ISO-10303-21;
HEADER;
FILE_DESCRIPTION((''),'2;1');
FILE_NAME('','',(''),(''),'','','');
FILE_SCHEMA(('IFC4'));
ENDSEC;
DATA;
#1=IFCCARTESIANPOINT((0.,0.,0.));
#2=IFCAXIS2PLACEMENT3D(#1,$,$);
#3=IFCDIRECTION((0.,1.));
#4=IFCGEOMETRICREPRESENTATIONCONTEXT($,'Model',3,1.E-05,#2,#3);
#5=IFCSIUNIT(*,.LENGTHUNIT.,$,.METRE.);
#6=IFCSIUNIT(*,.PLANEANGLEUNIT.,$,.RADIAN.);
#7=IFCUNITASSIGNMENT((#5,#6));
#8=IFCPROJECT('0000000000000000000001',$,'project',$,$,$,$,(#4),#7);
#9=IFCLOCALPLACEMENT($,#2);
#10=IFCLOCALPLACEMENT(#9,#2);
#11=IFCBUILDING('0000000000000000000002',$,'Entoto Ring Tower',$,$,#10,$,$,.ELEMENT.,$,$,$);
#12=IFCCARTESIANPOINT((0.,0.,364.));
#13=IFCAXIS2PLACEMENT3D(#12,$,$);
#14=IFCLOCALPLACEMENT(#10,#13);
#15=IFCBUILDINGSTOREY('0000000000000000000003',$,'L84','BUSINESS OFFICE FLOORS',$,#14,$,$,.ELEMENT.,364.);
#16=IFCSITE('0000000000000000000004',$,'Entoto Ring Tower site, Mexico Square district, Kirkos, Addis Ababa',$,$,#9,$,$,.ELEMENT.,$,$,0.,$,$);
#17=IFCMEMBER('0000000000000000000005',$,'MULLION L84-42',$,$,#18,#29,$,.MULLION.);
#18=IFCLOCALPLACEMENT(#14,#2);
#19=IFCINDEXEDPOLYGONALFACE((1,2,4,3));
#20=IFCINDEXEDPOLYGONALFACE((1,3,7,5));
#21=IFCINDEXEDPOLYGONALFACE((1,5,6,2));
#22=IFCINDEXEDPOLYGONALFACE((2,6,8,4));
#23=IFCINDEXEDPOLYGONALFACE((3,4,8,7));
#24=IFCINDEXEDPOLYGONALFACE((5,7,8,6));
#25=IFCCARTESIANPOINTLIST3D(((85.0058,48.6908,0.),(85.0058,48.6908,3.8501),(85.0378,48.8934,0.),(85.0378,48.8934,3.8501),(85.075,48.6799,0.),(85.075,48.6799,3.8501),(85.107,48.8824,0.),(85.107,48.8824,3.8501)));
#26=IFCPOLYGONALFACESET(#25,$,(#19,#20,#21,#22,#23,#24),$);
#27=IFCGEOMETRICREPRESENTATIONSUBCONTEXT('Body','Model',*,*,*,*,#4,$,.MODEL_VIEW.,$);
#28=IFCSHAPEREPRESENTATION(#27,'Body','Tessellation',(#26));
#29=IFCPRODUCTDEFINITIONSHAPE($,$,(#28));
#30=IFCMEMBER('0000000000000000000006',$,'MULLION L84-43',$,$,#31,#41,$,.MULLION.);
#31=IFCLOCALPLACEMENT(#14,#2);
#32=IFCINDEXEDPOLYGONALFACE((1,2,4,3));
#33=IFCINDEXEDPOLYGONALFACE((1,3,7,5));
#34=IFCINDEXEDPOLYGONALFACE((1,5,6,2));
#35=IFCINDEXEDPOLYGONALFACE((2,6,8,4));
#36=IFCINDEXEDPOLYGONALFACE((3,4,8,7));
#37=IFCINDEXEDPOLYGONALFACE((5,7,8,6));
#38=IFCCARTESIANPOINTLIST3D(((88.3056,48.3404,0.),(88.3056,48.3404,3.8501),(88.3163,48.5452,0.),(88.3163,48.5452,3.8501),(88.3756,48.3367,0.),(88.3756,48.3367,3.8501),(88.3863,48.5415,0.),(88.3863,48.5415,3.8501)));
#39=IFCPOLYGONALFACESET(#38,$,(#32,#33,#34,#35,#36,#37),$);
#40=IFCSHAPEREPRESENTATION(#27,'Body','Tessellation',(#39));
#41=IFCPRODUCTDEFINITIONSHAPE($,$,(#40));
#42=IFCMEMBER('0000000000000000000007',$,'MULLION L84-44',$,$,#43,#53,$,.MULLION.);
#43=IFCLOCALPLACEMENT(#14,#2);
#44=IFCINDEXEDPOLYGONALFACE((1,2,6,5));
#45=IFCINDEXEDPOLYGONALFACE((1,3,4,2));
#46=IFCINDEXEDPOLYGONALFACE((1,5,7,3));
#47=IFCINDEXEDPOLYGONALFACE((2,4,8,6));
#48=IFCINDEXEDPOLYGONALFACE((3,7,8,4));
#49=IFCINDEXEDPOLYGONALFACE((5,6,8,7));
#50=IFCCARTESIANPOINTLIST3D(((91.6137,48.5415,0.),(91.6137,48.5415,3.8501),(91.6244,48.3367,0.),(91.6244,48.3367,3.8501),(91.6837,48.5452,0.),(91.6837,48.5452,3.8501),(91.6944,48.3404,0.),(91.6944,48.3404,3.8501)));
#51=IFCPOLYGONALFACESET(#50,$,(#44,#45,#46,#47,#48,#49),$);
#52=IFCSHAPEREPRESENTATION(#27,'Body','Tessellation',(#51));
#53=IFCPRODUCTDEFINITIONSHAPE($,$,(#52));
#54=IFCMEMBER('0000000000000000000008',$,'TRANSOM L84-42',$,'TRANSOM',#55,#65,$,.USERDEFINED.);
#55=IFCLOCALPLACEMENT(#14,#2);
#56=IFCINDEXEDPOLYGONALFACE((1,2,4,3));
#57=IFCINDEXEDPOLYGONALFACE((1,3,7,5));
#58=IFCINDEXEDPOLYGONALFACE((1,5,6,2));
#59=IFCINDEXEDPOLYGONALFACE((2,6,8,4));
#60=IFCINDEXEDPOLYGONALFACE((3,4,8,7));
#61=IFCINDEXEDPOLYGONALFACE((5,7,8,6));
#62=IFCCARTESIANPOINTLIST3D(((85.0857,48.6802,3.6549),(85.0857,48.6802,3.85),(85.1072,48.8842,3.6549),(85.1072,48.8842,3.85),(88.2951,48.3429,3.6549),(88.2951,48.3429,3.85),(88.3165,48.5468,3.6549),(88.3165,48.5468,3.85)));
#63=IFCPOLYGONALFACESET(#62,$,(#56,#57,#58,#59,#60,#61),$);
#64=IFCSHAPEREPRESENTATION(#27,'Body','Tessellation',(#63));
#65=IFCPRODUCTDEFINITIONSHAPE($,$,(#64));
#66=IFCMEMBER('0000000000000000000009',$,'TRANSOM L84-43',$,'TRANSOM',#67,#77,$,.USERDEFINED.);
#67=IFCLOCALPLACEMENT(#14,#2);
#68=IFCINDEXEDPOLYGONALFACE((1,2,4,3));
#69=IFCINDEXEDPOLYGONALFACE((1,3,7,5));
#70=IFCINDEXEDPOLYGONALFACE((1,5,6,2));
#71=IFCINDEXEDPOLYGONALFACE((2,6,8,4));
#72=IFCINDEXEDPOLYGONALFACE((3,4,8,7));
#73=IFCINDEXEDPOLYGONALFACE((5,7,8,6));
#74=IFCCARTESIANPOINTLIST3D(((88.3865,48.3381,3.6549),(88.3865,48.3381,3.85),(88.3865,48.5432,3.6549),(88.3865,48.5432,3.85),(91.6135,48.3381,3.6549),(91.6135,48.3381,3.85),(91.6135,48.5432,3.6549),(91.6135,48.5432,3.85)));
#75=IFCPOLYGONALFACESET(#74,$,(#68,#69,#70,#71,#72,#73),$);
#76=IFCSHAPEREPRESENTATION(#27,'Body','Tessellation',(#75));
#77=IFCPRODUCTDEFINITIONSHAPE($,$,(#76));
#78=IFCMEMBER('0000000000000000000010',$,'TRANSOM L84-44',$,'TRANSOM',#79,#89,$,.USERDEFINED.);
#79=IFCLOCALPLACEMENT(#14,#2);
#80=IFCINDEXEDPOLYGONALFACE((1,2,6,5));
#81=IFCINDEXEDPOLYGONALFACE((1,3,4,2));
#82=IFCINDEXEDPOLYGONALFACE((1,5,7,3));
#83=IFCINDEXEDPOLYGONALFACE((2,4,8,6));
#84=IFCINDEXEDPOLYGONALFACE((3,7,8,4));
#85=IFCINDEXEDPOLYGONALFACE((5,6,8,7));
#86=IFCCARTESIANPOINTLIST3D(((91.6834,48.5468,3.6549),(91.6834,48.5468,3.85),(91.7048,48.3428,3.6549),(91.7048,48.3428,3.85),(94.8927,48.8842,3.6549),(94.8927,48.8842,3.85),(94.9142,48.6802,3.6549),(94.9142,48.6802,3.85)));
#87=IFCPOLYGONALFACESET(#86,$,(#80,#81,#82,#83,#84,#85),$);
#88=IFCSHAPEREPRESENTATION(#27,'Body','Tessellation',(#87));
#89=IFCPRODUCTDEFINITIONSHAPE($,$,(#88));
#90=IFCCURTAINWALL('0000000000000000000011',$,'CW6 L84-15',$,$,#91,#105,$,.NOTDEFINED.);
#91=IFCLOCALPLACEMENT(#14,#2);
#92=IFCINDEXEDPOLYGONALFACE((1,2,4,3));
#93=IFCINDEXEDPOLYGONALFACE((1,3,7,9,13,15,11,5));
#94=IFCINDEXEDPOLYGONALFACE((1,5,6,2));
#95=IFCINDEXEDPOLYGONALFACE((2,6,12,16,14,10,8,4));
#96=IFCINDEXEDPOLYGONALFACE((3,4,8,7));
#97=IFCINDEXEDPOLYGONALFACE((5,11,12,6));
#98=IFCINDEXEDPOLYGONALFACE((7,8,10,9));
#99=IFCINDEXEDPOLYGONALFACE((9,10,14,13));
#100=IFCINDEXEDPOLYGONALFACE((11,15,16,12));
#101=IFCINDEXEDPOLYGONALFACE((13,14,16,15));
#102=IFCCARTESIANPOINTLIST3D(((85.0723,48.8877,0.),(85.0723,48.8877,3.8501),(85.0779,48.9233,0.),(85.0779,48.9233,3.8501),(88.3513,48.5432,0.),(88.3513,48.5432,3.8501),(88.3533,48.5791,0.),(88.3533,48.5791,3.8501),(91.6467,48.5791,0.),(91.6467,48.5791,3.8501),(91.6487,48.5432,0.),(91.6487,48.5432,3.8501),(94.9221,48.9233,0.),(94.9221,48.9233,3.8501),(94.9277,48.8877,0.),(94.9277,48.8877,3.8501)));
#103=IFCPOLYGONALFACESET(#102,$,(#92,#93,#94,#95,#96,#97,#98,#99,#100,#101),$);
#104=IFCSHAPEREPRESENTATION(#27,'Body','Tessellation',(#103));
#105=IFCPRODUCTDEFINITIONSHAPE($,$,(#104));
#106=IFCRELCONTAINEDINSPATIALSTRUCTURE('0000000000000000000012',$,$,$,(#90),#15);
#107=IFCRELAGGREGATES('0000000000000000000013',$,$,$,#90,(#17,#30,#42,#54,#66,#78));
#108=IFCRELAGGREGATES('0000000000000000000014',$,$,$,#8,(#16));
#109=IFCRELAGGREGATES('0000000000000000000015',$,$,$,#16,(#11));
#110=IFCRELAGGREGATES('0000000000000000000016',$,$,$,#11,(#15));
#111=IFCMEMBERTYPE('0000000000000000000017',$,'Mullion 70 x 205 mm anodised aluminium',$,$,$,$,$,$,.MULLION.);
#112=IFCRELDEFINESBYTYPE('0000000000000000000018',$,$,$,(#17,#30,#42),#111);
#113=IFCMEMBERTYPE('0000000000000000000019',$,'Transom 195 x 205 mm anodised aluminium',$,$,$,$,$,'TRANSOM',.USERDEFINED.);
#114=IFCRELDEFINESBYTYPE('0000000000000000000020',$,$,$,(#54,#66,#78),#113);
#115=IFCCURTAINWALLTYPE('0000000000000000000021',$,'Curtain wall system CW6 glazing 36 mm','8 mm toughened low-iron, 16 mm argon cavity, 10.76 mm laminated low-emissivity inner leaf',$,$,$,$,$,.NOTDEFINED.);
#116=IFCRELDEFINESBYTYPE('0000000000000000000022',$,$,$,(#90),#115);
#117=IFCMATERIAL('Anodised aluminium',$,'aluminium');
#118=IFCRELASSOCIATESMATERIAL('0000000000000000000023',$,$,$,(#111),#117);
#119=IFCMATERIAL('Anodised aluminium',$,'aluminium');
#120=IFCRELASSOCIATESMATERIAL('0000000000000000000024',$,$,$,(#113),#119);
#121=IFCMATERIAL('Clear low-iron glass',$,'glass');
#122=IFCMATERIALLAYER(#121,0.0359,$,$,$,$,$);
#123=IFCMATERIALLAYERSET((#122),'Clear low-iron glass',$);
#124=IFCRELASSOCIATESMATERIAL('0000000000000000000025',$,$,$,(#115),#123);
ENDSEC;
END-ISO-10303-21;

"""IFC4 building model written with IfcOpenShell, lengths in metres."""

from ifc_helpers import new_model, si_unit, direction, frame, origin, origin_2d, place, context, subcontext, project, spatial, polyline, rectangle, outline, extrude, material, layer, layer_set, material_profile, profile_set, type_object, element, aggregate, save


model = new_model("IFC4")

# Units and contexts
model_context = context("Model", 3, precision=1e-05, world=origin(), true_north=direction((0.0, 1.0)))
body_context = subcontext(model_context, "Body", "Model", "MODEL_VIEW")
ifc_project = project(units=[si_unit("LENGTHUNIT", "METRE"), si_unit("PLANEANGLEUNIT", "RADIAN")], contexts=[model_context])

# Members
ifc_material_1 = material(Name="Anodised aluminium", Category="aluminium")
ifc_material_profile_1 = material_profile(ifc_material_1, rectangle(XDim=0.0701, YDim=0.2051, at=origin_2d()), Name="Mullion 70 x 205 mm anodised aluminium")
ifc_profile_set_1 = profile_set([ifc_material_profile_1], Name="Anodised aluminium")
member_type_1 = type_object("IfcMemberType", Name="Mullion 70 x 205 mm anodised aluminium", PredefinedType="MULLION", material=ifc_profile_set_1)
site_placement = place(None, origin())
building_placement = place(site_placement, origin())
storey_placement = place(building_placement, frame((0.0, 0.0, 364.0)))
member_1_placement = place(storey_placement, frame((85.0564, 48.7866, 0.0), z_axis=(0.0, 0.0, 1.0), x_axis=(0.987688, -0.156434, 0.0)))
member_1 = element("IfcMember", 1, at=member_1_placement, type_object=member_type_1, Name="MULLION L84-42", PredefinedType="MULLION", context=body_context, shape_type="SweptSolid", body=[
    extrude(rectangle(XDim=0.0701, YDim=0.2051, at=origin_2d()), origin(), (0.0, 0.0, 1.0), 3.8501),
])
member_2_placement = place(storey_placement, frame((88.3459, 48.4409, 0.0), z_axis=(0.0, 0.0, 1.0), x_axis=(0.99863, -0.052336, 0.0)))
member_2 = element("IfcMember", 2, at=member_2_placement, type_object=member_type_1, Name="MULLION L84-43", PredefinedType="MULLION", context=body_context, shape_type="SweptSolid", body=[
    extrude(rectangle(XDim=0.0701, YDim=0.2051, at=origin_2d()), origin(), (0.0, 0.0, 1.0), 3.8501),
])
member_3_placement = place(storey_placement, frame((91.6541, 48.4409, 0.0), z_axis=(0.0, 0.0, 1.0), x_axis=(0.99863, 0.052336, 0.0)))
member_3 = element("IfcMember", 3, at=member_3_placement, type_object=member_type_1, Name="MULLION L84-44", PredefinedType="MULLION", context=body_context, shape_type="SweptSolid", body=[
    extrude(rectangle(XDim=0.0701, YDim=0.2051, at=origin_2d()), origin(), (0.0, 0.0, 1.0), 3.8501),
])
ifc_material_2 = material(Name="Anodised aluminium", Category="aluminium")
ifc_material_profile_2 = material_profile(ifc_material_2, rectangle(XDim=0.2051, YDim=0.1951, at=origin_2d()), Name="Transom 195 x 205 mm anodised aluminium")
ifc_profile_set_2 = profile_set([ifc_material_profile_2], Name="Anodised aluminium")
member_type_2 = type_object("IfcMemberType", Name="Transom 195 x 205 mm anodised aluminium", ElementType="TRANSOM", PredefinedType="USERDEFINED", material=ifc_profile_set_2)
member_4_placement = place(storey_placement, frame((85.0964, 48.7822, 3.7524), z_axis=(0.99452, -0.104551, 0.0), x_axis=(0.104551, 0.99452, 0.0)))
member_4 = element("IfcMember", 4, at=member_4_placement, type_object=member_type_2, Name="TRANSOM L84-42", ObjectType="TRANSOM", PredefinedType="USERDEFINED", context=body_context, shape_type="SweptSolid", body=[
    extrude(rectangle(XDim=0.2051, YDim=0.1951, at=origin_2d()), origin(), (0.0, 0.0, 1.0), 3.2271),
])
member_5_placement = place(storey_placement, frame((88.3865, 48.4407, 3.7524), z_axis=(1.0, 0.0, 0.0), x_axis=(0.0, 1.0, 0.0)))
member_5 = element("IfcMember", 5, at=member_5_placement, type_object=member_type_2, Name="TRANSOM L84-43", ObjectType="TRANSOM", PredefinedType="USERDEFINED", context=body_context, shape_type="SweptSolid", body=[
    extrude(rectangle(XDim=0.2051, YDim=0.1951, at=origin_2d()), origin(), (0.0, 0.0, 1.0), 3.2271),
])
member_6_placement = place(storey_placement, frame((91.6941, 48.4448, 3.7524), z_axis=(0.99452, 0.104551, 0.0), x_axis=(-0.104551, 0.99452, 0.0)))
member_6 = element("IfcMember", 6, at=member_6_placement, type_object=member_type_2, Name="TRANSOM L84-44", ObjectType="TRANSOM", PredefinedType="USERDEFINED", context=body_context, shape_type="SweptSolid", body=[
    extrude(rectangle(XDim=0.2051, YDim=0.1951, at=origin_2d()), origin(), (0.0, 0.0, 1.0), 3.2271),
])

# Site, building, storey
site = spatial("IfcSite", under=ifc_project, at=site_placement, Name="Entoto Ring Tower site, Mexico Square district, Kirkos, Addis Ababa", CompositionType="ELEMENT", RefElevation=0.0)
building = spatial("IfcBuilding", under=site, at=building_placement, Name="Entoto Ring Tower", CompositionType="ELEMENT")
storey = spatial("IfcBuildingStorey", under=building, at=storey_placement, Name="L84", Description="BUSINESS OFFICE FLOORS", CompositionType="ELEMENT", Elevation=364.0)

# Curtain wall
ifc_material_3 = material(Name="Clear low-iron glass", Category="glass")
ifc_layer = layer(ifc_material_3, 0.0359)
ifc_layer_set = layer_set([ifc_layer], Name="Clear low-iron glass")
curtain_wall_type = type_object("IfcCurtainWallType", Name="Curtain wall system CW6 glazing 36 mm", Description="8 mm toughened low-iron, 16 mm argon cavity, 10.76 mm laminated low-emissivity inner leaf", PredefinedType="NOTDEFINED", material=ifc_layer_set)
curtain_wall_1_placement = place(storey_placement, origin())
curtain_wall_1 = element("IfcCurtainWall", 7, at=curtain_wall_1_placement, inside=storey, type_object=curtain_wall_type, Name="CW6 L84-15", PredefinedType="NOTDEFINED", context=body_context, shape_type="SweptSolid", body=[
    extrude(outline(polyline([(85.0723, 48.8877), (88.3513, 48.5432), (91.6487, 48.5432), (94.9277, 48.8877), (94.9221, 48.9233), (91.6467, 48.5791), (88.3533, 48.5791), (85.0779, 48.9233), (85.0723, 48.8877)])), origin(), (0.0, 0.0, 1.0), 3.8501),
])
aggregate(curtain_wall_1, [member_1, member_2, member_3, member_4, member_5, member_6])

save(model, "model.ifc")
